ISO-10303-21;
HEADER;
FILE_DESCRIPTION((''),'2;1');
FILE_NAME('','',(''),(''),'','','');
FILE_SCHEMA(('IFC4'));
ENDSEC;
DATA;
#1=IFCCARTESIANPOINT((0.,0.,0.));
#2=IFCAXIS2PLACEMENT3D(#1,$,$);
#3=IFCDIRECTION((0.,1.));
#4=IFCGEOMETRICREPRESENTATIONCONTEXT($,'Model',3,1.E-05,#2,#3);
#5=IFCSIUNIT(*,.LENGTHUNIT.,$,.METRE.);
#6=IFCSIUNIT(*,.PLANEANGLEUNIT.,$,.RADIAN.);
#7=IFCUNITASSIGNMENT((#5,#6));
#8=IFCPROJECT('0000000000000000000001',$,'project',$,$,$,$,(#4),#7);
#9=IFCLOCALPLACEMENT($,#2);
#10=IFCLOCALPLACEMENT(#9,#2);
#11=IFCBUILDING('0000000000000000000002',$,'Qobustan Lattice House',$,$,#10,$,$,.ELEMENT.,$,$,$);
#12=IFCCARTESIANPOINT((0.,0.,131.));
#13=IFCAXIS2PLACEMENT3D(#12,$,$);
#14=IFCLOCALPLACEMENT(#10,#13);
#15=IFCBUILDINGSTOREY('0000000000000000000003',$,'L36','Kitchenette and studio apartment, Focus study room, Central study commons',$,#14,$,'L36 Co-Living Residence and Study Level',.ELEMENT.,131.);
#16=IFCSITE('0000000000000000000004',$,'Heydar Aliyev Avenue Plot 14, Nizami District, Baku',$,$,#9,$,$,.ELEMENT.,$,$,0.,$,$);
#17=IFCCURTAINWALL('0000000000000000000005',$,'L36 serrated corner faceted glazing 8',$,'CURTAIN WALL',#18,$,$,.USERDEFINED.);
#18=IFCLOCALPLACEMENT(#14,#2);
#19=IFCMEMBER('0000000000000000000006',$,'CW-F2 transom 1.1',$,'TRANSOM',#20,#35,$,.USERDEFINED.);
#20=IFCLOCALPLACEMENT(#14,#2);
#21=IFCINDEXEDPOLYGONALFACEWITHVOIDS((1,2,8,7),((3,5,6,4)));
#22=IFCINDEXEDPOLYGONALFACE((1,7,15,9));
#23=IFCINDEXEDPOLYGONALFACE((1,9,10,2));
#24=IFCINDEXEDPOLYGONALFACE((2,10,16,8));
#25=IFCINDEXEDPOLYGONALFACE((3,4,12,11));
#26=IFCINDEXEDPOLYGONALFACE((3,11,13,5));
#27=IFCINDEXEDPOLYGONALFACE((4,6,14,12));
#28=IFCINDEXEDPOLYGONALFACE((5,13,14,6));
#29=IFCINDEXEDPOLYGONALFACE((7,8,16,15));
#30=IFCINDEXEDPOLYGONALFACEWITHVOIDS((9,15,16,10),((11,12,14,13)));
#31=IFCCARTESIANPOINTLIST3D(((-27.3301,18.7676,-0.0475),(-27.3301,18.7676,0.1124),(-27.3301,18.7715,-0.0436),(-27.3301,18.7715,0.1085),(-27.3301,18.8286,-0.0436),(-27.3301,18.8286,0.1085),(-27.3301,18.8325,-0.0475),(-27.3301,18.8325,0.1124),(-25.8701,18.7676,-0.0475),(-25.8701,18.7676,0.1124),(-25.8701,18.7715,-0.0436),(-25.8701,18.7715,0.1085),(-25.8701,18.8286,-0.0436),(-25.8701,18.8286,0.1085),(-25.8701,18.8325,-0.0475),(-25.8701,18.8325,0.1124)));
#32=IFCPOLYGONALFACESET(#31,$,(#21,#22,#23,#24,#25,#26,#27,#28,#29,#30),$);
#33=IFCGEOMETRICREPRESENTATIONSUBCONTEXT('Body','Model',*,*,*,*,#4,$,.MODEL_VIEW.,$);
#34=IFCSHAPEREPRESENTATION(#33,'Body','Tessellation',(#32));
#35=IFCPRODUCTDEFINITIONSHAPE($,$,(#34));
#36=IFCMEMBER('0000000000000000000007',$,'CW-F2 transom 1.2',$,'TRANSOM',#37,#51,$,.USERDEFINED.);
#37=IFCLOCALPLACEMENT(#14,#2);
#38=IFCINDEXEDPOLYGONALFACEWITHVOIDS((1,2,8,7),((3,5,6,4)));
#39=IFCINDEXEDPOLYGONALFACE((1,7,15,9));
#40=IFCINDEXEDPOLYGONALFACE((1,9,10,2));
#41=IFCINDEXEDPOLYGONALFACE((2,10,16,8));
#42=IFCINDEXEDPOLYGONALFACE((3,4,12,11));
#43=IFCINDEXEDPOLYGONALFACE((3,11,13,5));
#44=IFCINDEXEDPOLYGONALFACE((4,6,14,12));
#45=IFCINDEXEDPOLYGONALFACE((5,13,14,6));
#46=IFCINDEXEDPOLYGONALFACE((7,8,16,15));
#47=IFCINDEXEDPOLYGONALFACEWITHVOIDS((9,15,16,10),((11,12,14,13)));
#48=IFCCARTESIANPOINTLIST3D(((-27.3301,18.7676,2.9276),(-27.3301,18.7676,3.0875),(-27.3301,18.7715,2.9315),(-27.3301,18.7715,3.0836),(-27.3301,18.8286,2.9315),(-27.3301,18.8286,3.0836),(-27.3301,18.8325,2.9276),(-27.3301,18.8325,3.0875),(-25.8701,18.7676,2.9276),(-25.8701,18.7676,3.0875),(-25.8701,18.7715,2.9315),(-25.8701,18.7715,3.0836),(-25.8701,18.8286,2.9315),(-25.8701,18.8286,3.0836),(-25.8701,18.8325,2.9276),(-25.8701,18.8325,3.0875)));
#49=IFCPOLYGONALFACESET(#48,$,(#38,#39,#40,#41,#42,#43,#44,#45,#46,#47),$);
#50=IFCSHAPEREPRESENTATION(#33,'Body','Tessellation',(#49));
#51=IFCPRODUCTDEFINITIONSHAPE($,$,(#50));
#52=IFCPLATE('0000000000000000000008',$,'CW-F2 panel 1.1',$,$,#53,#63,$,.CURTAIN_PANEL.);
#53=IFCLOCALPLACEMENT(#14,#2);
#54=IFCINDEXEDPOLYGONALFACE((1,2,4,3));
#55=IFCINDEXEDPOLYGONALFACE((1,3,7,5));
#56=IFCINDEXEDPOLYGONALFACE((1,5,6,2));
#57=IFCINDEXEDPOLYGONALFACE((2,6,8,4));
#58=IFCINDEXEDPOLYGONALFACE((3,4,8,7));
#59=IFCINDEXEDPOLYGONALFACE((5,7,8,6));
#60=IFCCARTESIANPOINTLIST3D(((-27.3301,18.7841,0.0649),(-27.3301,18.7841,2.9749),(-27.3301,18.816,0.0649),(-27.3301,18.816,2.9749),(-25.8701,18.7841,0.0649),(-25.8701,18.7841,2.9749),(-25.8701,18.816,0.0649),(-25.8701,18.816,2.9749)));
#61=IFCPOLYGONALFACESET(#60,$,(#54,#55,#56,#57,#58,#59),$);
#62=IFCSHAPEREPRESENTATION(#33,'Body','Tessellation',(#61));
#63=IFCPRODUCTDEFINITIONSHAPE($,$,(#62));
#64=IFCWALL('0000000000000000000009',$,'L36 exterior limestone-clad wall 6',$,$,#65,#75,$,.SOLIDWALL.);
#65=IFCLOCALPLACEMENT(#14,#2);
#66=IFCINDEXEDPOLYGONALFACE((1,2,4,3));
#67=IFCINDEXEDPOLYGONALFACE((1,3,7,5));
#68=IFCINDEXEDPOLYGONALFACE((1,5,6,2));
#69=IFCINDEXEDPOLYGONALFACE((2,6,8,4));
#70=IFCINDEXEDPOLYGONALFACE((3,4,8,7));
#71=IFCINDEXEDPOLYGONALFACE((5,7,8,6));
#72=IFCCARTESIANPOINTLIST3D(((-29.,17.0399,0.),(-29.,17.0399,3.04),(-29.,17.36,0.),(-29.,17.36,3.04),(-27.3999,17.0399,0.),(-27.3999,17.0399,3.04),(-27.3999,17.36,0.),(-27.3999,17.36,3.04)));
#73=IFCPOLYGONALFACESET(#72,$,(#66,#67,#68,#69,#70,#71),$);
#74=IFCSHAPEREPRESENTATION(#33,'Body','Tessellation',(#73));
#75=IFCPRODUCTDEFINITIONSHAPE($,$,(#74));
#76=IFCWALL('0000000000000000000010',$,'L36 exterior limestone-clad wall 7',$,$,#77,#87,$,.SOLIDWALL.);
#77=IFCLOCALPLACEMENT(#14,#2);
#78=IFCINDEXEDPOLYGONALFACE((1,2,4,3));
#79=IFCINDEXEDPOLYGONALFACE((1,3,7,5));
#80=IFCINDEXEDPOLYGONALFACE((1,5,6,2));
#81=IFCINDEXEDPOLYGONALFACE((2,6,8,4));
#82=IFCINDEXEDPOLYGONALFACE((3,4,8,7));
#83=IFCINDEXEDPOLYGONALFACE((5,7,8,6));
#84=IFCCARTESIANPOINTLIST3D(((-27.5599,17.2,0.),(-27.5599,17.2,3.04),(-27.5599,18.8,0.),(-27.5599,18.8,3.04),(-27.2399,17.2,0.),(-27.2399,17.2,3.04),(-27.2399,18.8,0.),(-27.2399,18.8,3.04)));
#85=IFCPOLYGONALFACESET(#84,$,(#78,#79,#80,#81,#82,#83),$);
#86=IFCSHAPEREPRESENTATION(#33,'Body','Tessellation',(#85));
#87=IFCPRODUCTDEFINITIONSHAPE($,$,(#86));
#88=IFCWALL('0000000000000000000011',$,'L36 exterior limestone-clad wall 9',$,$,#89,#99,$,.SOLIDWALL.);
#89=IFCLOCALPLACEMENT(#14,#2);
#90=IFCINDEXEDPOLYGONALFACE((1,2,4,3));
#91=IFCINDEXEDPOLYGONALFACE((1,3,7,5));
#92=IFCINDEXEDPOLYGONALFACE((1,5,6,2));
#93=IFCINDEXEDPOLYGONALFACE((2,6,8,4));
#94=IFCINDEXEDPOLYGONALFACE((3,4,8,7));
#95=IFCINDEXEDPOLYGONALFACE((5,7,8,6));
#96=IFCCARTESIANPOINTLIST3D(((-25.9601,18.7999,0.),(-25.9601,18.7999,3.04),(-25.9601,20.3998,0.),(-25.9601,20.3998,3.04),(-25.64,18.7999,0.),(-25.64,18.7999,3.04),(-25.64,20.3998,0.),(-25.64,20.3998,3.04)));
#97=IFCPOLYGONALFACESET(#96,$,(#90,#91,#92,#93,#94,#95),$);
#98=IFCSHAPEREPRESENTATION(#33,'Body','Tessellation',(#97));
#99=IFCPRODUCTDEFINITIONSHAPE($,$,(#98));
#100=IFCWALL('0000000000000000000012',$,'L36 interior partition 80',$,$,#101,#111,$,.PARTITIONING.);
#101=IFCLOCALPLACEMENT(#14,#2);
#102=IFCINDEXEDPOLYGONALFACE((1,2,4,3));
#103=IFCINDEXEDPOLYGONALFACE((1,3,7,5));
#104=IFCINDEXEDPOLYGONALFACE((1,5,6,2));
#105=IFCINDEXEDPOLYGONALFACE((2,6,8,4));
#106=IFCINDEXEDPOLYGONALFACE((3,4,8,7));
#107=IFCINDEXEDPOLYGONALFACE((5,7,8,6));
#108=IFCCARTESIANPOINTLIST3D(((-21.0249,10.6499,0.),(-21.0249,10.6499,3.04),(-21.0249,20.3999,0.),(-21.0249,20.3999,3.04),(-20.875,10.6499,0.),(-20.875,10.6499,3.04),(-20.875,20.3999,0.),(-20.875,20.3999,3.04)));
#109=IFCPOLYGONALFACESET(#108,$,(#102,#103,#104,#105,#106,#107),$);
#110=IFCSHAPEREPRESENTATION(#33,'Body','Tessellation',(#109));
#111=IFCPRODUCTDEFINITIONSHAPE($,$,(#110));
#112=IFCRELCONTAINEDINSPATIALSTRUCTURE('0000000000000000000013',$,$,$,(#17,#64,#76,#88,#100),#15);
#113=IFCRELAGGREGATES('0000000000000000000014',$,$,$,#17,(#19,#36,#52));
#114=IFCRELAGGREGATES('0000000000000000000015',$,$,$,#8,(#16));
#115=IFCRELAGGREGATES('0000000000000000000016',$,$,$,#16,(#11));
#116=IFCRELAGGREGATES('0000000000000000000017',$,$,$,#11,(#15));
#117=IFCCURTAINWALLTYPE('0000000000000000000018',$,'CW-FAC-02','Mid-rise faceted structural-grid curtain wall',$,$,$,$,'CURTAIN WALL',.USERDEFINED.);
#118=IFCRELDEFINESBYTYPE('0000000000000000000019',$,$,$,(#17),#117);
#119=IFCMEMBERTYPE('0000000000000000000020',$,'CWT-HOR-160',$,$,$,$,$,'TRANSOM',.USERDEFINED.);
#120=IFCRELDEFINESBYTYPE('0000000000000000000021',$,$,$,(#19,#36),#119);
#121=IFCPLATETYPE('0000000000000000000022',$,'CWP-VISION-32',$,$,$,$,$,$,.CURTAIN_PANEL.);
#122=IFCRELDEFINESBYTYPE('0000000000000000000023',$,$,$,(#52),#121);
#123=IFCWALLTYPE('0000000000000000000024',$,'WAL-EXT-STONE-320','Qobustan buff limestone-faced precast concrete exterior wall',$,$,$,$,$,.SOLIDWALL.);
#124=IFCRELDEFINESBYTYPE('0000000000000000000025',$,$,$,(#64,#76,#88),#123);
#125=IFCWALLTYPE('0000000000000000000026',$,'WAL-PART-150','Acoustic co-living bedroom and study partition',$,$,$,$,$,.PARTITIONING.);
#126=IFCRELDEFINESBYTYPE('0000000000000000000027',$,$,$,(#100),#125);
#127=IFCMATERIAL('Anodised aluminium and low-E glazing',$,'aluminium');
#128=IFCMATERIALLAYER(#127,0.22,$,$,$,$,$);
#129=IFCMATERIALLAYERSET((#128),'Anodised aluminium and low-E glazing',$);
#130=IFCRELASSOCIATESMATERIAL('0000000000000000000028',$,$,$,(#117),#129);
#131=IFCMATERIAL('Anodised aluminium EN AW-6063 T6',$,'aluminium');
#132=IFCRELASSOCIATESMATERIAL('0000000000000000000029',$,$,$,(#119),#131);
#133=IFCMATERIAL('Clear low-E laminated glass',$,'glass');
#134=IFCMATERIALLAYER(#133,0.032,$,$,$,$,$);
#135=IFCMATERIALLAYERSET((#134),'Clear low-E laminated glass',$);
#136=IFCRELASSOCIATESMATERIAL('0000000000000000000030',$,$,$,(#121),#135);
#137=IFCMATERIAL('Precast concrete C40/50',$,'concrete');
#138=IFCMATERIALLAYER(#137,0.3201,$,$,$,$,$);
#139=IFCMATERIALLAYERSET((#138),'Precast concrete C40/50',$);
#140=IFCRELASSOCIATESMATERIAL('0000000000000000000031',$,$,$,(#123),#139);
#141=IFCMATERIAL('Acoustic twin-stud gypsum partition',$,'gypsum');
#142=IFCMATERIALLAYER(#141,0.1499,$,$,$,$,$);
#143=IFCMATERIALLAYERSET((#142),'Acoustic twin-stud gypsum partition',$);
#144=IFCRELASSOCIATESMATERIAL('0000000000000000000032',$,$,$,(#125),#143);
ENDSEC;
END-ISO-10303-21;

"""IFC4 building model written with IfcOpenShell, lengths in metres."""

from ifc_helpers import new_model, si_unit, direction, frame, frame_2d, origin, origin_2d, place, context, subcontext, project, spatial, rectangle, hollow_rectangle, extrude, material, layer, layer_set, material_profile, profile_set, type_object, element, aggregate, save


model = new_model("IFC4")

# Units and contexts
model_context = context("Model", 3, precision=1e-05, world=origin(), true_north=direction((0.0, 1.0)))
body_context = subcontext(model_context, "Body", "Model", "MODEL_VIEW")
ifc_project = project(units=[si_unit("LENGTHUNIT", "METRE"), si_unit("PLANEANGLEUNIT", "RADIAN")], contexts=[model_context])

# Site, building, storey
site_placement = place(None, origin())
site = spatial("IfcSite", under=ifc_project, at=site_placement, Name="Heydar Aliyev Avenue Plot 14, Nizami District, Baku", CompositionType="ELEMENT", RefElevation=0.0)
building_placement = place(site_placement, origin())
building = spatial("IfcBuilding", under=site, at=building_placement, Name="Qobustan Lattice House", CompositionType="ELEMENT")
storey_placement = place(building_placement, frame((0.0, 0.0, 131.0)))
storey = spatial("IfcBuildingStorey", under=building, at=storey_placement, Name="L36", Description="Kitchenette and studio apartment, Focus study room, Central study commons", LongName="L36 Co-Living Residence and Study Level", CompositionType="ELEMENT", Elevation=131.0)

# Curtain wall, members, plate
ifc_material_1 = material(Name="Anodised aluminium and low-E glazing", Category="aluminium")
ifc_layer_1 = layer(ifc_material_1, 0.22)
ifc_layer_set_1 = layer_set([ifc_layer_1], Name="Anodised aluminium and low-E glazing")
curtain_wall_type = type_object("IfcCurtainWallType", Name="CW-FAC-02", Description="Mid-rise faceted structural-grid curtain wall", ElementType="CURTAIN WALL", PredefinedType="USERDEFINED", material=ifc_layer_set_1)
curtain_wall_placement = place(storey_placement, origin())
curtain_wall = element("IfcCurtainWall", 1, at=curtain_wall_placement, inside=storey, type_object=curtain_wall_type, Name="L36 serrated corner faceted glazing 8", ObjectType="CURTAIN WALL", PredefinedType="USERDEFINED")
ifc_material_2 = material(Name="Anodised aluminium EN AW-6063 T6", Category="aluminium")
ifc_material_profile_1 = material_profile(ifc_material_2, hollow_rectangle(XDim=0.0649, YDim=0.1599, WallThickness=0.0039, at=origin_2d()), Name="CWT-160x65")
ifc_profile_set_1 = profile_set([ifc_material_profile_1], Name="Anodised aluminium EN AW-6063 T6")
member_type_1 = type_object("IfcMemberType", Name="CWT-HOR-160", ElementType="TRANSOM", PredefinedType="USERDEFINED", material=ifc_profile_set_1)
member_1_placement = place(storey_placement, frame((-27.3301, 18.8, 0.0325), z_axis=(1.0, 0.0, 0.0), x_axis=(0.0, 1.0, 0.0)))
member_1 = element("IfcMember", 2, at=member_1_placement, type_object=member_type_1, Name="CW-F2 transom 1.1", ObjectType="TRANSOM", PredefinedType="USERDEFINED", context=body_context, shape_type="SweptSolid", body=[
    extrude(hollow_rectangle(XDim=0.0649, YDim=0.1599, WallThickness=0.0039, at=origin_2d()), origin(), (0.0, 0.0, 1.0), 1.46),
])
member_2_placement = place(storey_placement, frame((-27.3301, 18.8, 3.0076), z_axis=(1.0, 0.0, 0.0), x_axis=(0.0, 1.0, 0.0)))
member_2 = element("IfcMember", 3, at=member_2_placement, type_object=member_type_1, Name="CW-F2 transom 1.2", ObjectType="TRANSOM", PredefinedType="USERDEFINED", context=body_context, shape_type="SweptSolid", body=[
    extrude(hollow_rectangle(XDim=0.0649, YDim=0.1599, WallThickness=0.0039, at=origin_2d()), origin(), (0.0, 0.0, 1.0), 1.46),
])
ifc_material_3 = material(Name="Clear low-E laminated glass", Category="glass")
ifc_layer_2 = layer(ifc_material_3, 0.032)
ifc_layer_set_2 = layer_set([ifc_layer_2], Name="Clear low-E laminated glass")
plate_type = type_object("IfcPlateType", Name="CWP-VISION-32", PredefinedType="CURTAIN_PANEL", material=ifc_layer_set_2)
plate_placement = place(storey_placement, frame((-26.6001, 18.8, 0.0649), z_axis=(0.0, 0.0, 1.0), x_axis=(1.0, 0.0, 0.0)))
plate = element("IfcPlate", 4, at=plate_placement, type_object=plate_type, Name="CW-F2 panel 1.1", PredefinedType="CURTAIN_PANEL", context=body_context, shape_type="SweptSolid", body=[
    extrude(rectangle(XDim=1.46, YDim=0.032, at=origin_2d()), origin(), (0.0, 0.0, 1.0), 2.9099),
])
aggregate(curtain_wall, [member_1, member_2, plate])

# Walls
ifc_material_4 = material(Name="Precast concrete C40/50", Category="concrete")
ifc_layer_3 = layer(ifc_material_4, 0.3201)
ifc_layer_set_3 = layer_set([ifc_layer_3], Name="Precast concrete C40/50")
wall_type_1 = type_object("IfcWallType", Name="WAL-EXT-STONE-320", Description="Qobustan buff limestone-faced precast concrete exterior wall", PredefinedType="SOLIDWALL", material=ifc_layer_set_3)
for number, where, z_axis, x_axis, name in (
    (5, (-29.0, 17.2, 0.0), (0.0, 0.0, 1.0), (1.0, 0.0, 0.0), "L36 exterior limestone-clad wall 6"),
    (6, (-27.3999, 17.2, 0.0), (0.0, 0.0, 1.0), (0.0, 1.0, 0.0), "L36 exterior limestone-clad wall 7"),
):
    element("IfcWall", number, at=place(storey_placement, frame(where, z_axis=z_axis, x_axis=x_axis)), inside=storey, type_object=wall_type_1, Name=name, PredefinedType="SOLIDWALL", context=body_context, shape_type="SweptSolid", body=[
        extrude(rectangle(XDim=1.6001, YDim=0.3201, at=frame_2d((0.8, 0.0))), origin(), (0.0, 0.0, 1.0), 3.04),
    ])
wall_1_placement = place(storey_placement, frame((-25.8, 18.8, 0.0), z_axis=(0.0, 0.0, 1.0), x_axis=(0.0, 1.0, 0.0)))
element("IfcWall", 7, at=wall_1_placement, inside=storey, type_object=wall_type_1, Name="L36 exterior limestone-clad wall 9", PredefinedType="SOLIDWALL", context=body_context, shape_type="SweptSolid", body=[
    extrude(rectangle(XDim=1.5999, YDim=0.3201, at=frame_2d((0.7998, 0.0))), origin(), (0.0, 0.0, 1.0), 3.04),
])

# Wall
ifc_material_5 = material(Name="Acoustic twin-stud gypsum partition", Category="gypsum")
ifc_layer_4 = layer(ifc_material_5, 0.1499)
ifc_layer_set_4 = layer_set([ifc_layer_4], Name="Acoustic twin-stud gypsum partition")
wall_type_2 = type_object("IfcWallType", Name="WAL-PART-150", Description="Acoustic co-living bedroom and study partition", PredefinedType="PARTITIONING", material=ifc_layer_set_4)
wall_2_placement = place(storey_placement, frame((-20.95, 20.3999, 0.0), z_axis=(0.0, 0.0, 1.0), x_axis=(0.0, -1.0, 0.0)))
element("IfcWall", 8, at=wall_2_placement, inside=storey, type_object=wall_type_2, Name="L36 interior partition 80", PredefinedType="PARTITIONING", context=body_context, shape_type="SweptSolid", body=[
    extrude(rectangle(XDim=9.75, YDim=0.1499, at=frame_2d((4.875, 0.0))), origin(), (0.0, 0.0, 1.0), 3.04),
])

save(model, "model.ifc")
